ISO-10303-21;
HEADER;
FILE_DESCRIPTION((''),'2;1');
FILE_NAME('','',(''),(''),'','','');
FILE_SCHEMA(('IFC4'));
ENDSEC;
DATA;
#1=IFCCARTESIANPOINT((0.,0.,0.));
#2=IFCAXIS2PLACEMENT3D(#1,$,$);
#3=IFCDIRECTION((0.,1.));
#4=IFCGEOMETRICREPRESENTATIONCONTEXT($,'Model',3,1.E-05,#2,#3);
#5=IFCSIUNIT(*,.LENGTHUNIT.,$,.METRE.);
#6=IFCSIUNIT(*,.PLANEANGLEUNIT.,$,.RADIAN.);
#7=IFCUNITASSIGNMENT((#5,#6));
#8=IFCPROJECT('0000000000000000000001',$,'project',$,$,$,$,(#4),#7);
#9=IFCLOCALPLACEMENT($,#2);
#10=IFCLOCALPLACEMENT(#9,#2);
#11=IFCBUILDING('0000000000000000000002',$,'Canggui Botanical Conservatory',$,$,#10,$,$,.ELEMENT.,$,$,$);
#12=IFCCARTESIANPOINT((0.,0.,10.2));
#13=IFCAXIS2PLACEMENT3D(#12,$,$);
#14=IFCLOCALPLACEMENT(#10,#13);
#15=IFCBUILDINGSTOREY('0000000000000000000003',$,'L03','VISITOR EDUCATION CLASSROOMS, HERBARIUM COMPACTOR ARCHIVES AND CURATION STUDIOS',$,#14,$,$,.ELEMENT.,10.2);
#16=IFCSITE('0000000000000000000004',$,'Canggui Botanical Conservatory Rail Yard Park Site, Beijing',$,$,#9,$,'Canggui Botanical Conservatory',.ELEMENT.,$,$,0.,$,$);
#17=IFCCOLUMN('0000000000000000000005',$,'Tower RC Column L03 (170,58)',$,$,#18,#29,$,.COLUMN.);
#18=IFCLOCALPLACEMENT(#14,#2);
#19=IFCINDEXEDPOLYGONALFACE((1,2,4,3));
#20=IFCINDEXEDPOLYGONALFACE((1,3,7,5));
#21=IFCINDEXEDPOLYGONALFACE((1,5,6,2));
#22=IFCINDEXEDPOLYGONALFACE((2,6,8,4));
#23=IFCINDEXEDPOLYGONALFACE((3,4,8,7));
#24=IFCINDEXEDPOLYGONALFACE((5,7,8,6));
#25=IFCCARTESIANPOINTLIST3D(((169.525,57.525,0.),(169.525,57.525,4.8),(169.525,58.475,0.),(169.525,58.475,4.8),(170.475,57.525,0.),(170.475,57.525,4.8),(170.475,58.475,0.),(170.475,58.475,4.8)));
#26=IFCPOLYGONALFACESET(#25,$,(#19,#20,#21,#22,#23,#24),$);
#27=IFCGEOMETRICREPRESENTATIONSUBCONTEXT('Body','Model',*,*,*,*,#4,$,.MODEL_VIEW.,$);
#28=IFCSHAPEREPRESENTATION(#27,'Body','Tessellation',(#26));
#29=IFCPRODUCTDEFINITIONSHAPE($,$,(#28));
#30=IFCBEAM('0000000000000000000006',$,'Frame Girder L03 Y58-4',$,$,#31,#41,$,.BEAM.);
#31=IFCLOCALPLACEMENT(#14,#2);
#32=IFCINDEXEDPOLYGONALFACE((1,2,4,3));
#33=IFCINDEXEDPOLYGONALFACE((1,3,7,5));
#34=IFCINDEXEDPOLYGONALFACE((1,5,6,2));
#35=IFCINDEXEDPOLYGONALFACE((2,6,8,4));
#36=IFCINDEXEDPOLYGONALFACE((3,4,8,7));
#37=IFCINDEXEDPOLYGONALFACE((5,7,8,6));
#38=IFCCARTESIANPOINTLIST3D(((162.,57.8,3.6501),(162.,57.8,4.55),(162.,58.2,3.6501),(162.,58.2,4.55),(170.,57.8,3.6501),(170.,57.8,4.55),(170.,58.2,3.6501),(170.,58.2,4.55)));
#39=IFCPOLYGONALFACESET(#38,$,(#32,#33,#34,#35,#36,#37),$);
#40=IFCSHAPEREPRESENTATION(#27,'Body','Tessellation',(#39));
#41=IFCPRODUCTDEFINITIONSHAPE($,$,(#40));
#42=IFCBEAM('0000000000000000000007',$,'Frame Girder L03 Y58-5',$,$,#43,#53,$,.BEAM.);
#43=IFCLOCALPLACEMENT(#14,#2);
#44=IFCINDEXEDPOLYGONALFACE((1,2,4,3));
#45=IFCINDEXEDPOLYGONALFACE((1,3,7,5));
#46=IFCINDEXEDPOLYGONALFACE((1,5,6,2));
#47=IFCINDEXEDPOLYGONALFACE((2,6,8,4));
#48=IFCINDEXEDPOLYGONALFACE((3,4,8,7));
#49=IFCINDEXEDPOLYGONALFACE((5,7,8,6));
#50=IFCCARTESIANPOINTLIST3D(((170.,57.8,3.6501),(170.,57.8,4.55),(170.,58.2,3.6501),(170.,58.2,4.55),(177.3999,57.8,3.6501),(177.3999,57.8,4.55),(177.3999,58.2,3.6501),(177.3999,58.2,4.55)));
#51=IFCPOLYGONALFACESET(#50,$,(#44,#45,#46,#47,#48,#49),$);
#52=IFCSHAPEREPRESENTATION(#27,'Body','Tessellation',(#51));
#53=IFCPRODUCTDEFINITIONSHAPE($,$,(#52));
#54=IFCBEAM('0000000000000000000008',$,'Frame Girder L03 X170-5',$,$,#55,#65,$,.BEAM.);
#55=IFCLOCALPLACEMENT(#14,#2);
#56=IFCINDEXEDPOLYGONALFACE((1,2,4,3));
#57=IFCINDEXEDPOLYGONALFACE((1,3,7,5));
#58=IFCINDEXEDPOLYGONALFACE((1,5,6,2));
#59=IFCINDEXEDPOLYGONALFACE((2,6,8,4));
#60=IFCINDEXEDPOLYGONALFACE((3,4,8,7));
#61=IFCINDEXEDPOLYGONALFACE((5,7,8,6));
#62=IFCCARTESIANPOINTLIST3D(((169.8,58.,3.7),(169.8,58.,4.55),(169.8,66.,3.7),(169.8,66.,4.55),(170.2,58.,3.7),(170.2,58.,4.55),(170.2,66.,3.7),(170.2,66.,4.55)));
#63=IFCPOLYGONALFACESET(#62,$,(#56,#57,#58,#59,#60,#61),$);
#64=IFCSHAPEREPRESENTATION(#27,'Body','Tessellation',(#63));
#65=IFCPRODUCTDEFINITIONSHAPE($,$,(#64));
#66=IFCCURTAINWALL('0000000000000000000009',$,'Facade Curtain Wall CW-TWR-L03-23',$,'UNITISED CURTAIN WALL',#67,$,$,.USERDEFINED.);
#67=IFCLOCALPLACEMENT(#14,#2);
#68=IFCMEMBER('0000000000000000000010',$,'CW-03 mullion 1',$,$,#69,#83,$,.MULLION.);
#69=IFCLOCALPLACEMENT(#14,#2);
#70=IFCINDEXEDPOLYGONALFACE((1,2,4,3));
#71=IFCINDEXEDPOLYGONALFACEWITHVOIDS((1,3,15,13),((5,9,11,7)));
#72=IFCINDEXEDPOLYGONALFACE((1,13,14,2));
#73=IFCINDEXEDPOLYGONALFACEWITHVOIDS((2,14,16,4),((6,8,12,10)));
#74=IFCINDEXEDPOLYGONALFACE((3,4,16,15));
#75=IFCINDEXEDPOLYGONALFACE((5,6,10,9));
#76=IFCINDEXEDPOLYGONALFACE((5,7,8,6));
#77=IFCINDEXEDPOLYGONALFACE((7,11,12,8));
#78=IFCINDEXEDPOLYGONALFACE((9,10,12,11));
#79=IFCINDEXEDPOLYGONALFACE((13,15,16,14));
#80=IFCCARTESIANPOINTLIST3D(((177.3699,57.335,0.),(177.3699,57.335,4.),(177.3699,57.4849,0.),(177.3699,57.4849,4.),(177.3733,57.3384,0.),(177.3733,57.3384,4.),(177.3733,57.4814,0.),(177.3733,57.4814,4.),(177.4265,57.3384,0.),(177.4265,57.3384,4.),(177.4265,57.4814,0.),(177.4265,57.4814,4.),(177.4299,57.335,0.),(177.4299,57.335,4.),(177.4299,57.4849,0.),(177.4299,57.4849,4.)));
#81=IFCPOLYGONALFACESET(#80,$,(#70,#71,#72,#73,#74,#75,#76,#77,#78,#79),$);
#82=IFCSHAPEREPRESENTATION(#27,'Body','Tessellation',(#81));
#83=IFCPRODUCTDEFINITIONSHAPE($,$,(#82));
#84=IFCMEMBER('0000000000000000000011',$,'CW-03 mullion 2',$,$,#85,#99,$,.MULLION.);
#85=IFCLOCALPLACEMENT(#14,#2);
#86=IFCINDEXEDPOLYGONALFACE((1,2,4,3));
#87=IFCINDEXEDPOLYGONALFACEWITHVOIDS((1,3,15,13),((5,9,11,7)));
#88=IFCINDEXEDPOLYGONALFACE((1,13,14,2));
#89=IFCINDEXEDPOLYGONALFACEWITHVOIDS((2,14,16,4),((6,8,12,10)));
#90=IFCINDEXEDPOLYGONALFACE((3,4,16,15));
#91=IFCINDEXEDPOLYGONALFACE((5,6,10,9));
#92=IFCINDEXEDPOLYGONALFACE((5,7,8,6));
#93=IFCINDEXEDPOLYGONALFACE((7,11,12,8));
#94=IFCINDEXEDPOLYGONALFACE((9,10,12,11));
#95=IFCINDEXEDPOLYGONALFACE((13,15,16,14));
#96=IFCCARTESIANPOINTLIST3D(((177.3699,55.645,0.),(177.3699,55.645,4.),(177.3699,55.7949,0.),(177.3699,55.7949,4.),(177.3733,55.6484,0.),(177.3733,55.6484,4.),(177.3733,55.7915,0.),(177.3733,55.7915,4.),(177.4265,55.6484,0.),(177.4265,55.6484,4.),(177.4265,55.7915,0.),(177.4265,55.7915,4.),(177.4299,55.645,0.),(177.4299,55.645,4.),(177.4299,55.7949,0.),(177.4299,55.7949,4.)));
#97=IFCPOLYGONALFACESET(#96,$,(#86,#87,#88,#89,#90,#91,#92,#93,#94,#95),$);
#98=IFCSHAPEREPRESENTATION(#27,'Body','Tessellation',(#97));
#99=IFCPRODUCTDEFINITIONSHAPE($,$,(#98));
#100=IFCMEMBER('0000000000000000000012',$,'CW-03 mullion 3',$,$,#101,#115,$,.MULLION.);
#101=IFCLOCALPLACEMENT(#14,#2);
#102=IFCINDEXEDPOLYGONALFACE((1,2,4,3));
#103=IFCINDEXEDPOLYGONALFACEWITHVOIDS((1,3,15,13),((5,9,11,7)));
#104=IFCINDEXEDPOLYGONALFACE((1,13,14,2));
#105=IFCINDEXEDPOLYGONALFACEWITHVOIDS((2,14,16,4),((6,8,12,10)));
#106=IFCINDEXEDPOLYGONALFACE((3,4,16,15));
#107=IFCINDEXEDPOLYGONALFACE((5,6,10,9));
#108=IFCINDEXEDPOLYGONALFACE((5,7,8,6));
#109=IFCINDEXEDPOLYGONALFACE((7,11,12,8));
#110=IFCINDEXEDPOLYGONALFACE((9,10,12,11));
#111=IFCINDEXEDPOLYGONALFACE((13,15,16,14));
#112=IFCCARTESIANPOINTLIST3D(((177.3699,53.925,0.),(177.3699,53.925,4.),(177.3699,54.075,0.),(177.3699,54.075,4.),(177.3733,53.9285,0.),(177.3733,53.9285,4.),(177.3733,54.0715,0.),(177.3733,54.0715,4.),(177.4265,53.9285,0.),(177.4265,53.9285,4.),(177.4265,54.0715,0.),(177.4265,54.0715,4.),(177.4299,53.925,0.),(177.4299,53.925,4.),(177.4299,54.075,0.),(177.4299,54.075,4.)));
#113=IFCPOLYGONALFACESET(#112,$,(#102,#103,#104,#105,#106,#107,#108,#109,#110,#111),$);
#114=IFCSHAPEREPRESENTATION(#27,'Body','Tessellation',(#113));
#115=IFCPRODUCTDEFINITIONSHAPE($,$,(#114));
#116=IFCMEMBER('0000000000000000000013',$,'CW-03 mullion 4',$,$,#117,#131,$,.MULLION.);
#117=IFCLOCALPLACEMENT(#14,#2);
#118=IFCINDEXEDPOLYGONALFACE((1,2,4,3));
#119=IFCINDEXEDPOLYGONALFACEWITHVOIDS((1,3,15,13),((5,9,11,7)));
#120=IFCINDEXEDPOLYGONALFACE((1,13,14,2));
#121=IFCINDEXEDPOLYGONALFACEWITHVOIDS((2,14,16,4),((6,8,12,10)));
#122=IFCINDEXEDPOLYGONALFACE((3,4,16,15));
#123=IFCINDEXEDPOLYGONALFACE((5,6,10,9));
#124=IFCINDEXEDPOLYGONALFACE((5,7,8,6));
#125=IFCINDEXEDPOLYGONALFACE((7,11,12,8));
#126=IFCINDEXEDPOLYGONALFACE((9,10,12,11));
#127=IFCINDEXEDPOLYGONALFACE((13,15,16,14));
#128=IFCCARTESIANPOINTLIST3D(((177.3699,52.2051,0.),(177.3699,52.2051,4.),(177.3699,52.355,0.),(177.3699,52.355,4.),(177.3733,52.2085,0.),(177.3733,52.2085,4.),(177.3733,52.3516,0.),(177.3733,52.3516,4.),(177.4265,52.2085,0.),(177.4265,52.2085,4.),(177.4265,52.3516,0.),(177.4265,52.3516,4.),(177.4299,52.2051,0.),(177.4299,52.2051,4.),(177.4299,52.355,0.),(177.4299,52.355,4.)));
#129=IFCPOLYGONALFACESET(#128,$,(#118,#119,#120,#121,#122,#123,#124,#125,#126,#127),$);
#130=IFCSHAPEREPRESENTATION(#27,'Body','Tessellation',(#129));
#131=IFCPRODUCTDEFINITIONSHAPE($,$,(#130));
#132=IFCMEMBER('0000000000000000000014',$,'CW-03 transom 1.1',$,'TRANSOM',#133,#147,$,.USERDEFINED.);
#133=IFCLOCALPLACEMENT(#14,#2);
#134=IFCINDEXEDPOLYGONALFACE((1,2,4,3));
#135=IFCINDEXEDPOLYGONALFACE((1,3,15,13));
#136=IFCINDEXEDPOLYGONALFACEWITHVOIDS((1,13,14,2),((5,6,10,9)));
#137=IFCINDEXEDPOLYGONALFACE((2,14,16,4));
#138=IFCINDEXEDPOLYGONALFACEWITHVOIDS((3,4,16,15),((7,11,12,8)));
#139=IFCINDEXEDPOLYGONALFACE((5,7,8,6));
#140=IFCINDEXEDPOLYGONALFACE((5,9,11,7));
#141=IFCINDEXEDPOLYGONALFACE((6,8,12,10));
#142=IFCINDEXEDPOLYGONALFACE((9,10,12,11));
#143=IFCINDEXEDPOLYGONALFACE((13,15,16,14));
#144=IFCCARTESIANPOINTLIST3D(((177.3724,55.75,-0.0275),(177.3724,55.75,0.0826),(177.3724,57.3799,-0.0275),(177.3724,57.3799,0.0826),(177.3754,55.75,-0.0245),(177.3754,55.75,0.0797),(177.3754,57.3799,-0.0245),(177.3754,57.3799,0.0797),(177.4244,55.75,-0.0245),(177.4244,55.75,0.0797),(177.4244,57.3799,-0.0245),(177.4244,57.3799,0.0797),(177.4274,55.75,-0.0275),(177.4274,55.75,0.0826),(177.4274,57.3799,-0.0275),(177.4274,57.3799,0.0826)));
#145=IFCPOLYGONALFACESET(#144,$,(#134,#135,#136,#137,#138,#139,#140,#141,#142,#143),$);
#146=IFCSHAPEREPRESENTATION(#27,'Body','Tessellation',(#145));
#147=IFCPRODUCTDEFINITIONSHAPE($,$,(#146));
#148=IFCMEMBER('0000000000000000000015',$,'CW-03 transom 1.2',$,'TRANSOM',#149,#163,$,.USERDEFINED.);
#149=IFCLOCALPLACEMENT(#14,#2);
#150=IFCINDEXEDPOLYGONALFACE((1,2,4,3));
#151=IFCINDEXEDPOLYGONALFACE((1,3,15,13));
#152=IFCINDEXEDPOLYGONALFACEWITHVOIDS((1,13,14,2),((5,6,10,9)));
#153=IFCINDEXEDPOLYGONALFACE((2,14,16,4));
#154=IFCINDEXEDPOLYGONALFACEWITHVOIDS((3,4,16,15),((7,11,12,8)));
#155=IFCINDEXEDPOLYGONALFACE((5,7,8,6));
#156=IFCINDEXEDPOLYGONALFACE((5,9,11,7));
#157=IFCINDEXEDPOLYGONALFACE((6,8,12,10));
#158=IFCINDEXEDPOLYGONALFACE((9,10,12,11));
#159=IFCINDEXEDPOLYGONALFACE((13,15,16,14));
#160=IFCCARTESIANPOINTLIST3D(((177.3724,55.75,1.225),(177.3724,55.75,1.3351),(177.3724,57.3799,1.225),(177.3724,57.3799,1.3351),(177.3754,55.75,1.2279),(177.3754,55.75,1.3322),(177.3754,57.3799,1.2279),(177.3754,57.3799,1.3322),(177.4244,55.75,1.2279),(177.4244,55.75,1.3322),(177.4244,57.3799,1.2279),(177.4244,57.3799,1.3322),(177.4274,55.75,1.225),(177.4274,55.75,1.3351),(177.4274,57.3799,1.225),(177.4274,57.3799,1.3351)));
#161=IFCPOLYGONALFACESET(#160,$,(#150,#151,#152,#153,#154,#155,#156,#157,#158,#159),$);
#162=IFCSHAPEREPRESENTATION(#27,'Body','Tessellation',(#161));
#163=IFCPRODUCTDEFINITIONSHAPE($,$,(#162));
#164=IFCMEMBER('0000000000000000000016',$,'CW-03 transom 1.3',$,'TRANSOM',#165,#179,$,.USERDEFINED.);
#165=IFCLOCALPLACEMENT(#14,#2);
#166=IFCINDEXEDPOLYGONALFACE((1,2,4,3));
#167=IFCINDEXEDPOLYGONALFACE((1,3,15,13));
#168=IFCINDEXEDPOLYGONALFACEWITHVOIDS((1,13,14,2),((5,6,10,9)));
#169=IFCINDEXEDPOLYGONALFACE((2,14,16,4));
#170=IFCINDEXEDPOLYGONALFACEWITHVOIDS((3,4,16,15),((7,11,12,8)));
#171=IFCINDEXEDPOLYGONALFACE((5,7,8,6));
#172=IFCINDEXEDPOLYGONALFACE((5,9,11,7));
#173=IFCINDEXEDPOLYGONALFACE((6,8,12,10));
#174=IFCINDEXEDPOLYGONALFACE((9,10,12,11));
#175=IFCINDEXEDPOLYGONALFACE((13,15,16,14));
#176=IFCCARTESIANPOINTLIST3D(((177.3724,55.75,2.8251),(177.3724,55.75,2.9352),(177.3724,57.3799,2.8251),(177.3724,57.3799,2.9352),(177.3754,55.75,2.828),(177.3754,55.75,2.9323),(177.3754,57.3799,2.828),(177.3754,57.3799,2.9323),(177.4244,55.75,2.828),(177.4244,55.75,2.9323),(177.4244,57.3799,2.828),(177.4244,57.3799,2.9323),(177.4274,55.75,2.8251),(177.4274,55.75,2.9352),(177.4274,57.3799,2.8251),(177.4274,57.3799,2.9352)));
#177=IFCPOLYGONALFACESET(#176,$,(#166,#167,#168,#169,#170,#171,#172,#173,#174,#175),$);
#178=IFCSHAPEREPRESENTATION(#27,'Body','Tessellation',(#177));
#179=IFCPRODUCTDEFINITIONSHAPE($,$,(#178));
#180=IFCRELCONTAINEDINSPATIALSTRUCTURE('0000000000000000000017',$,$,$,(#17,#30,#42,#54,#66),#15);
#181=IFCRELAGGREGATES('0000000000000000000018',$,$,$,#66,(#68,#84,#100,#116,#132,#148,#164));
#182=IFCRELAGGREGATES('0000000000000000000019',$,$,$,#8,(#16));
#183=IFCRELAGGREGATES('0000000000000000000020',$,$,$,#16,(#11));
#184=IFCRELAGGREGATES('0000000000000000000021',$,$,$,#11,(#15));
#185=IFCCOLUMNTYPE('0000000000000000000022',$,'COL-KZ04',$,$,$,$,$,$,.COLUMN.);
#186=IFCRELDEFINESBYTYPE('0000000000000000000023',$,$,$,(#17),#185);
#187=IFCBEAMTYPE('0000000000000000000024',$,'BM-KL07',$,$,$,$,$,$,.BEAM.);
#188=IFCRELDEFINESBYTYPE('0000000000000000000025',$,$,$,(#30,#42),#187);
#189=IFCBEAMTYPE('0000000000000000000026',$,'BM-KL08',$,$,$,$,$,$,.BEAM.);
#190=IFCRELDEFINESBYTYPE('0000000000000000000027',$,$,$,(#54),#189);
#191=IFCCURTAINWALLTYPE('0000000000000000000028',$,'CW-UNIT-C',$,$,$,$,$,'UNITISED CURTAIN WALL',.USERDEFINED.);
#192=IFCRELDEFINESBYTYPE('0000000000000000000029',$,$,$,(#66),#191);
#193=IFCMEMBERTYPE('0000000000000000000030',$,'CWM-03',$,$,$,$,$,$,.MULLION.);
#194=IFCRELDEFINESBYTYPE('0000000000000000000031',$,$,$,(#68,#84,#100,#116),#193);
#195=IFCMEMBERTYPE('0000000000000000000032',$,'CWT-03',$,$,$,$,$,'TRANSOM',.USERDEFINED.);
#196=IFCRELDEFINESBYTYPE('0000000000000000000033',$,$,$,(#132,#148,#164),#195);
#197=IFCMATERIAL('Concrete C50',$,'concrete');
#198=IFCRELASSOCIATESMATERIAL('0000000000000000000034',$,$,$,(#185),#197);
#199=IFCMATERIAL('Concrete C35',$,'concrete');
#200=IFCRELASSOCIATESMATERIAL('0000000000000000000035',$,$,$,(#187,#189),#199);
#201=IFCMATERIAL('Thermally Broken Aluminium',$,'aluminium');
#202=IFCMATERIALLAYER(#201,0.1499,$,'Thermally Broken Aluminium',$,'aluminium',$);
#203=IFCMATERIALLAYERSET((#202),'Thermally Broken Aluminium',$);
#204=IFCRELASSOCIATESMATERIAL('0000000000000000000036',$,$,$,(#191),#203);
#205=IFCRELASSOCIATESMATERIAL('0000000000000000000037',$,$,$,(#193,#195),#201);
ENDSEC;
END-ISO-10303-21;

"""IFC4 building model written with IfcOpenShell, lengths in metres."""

from ifc_helpers import new_model, si_unit, direction, frame, origin, origin_2d, place, context, subcontext, project, spatial, rectangle, hollow_rectangle, extrude, material, layer, layer_set, material_profile, profile_set, type_object, element, aggregate, save


model = new_model("IFC4")

# Units and contexts
model_context = context("Model", 3, precision=1e-05, world=origin(), true_north=direction((0.0, 1.0)))
body_context = subcontext(model_context, "Body", "Model", "MODEL_VIEW")
ifc_project = project(units=[si_unit("LENGTHUNIT", "METRE"), si_unit("PLANEANGLEUNIT", "RADIAN")], contexts=[model_context])

# Site, building, storey
site_placement = place(None, origin())
site = spatial("IfcSite", under=ifc_project, at=site_placement, Name="Canggui Botanical Conservatory Rail Yard Park Site, Beijing", LongName="Canggui Botanical Conservatory", CompositionType="ELEMENT", RefElevation=0.0)
building_placement = place(site_placement, origin())
building = spatial("IfcBuilding", under=site, at=building_placement, Name="Canggui Botanical Conservatory", CompositionType="ELEMENT")
storey_placement = place(building_placement, frame((0.0, 0.0, 10.2)))
storey = spatial("IfcBuildingStorey", under=building, at=storey_placement, Name="L03", Description="VISITOR EDUCATION CLASSROOMS, HERBARIUM COMPACTOR ARCHIVES AND CURATION STUDIOS", CompositionType="ELEMENT", Elevation=10.2)

# Column
ifc_material_1 = material(Name="Concrete C50", Category="concrete")
ifc_material_profile_1 = material_profile(ifc_material_1, rectangle(XDim=0.95, YDim=0.95, at=origin_2d()), Name="RC 950x950")
ifc_profile_set_1 = profile_set([ifc_material_profile_1], Name="Concrete C50")
column_type = type_object("IfcColumnType", Name="COL-KZ04", PredefinedType="COLUMN", material=ifc_profile_set_1)
column_placement = place(storey_placement, frame((170.0, 58.0, 0.0), z_axis=(0.0, 0.0, 1.0), x_axis=(1.0, 0.0, 0.0)))
element("IfcColumn", 1, at=column_placement, inside=storey, type_object=column_type, Name="Tower RC Column L03 (170,58)", PredefinedType="COLUMN", context=body_context, shape_type="SweptSolid", body=[
    extrude(rectangle(XDim=0.95, YDim=0.95, at=origin_2d()), origin(), (0.0, 0.0, 1.0), 4.8),
])

# Beams
ifc_material_2 = material(Name="Concrete C35", Category="concrete")
ifc_material_profile_2 = material_profile(ifc_material_2, rectangle(XDim=0.3999, YDim=0.8999, at=origin_2d()), Name="RB 400x900")
ifc_profile_set_2 = profile_set([ifc_material_profile_2], Name="Concrete C35")
beam_type_1 = type_object("IfcBeamType", Name="BM-KL07", PredefinedType="BEAM", material=ifc_profile_set_2)
beam_1_placement = place(storey_placement, frame((162.0, 58.0, 4.1001), z_axis=(1.0, 0.0, 0.0), x_axis=(0.0, 1.0, 0.0)))
element("IfcBeam", 2, at=beam_1_placement, inside=storey, type_object=beam_type_1, Name="Frame Girder L03 Y58-4", PredefinedType="BEAM", context=body_context, shape_type="SweptSolid", body=[
    extrude(rectangle(XDim=0.3999, YDim=0.8999, at=origin_2d()), origin(), (0.0, 0.0, 1.0), 8.0),
])
beam_2_placement = place(storey_placement, frame((170.0, 58.0, 4.1001), z_axis=(1.0, 0.0, 0.0), x_axis=(0.0, 1.0, 0.0)))
element("IfcBeam", 3, at=beam_2_placement, inside=storey, type_object=beam_type_1, Name="Frame Girder L03 Y58-5", PredefinedType="BEAM", context=body_context, shape_type="SweptSolid", body=[
    extrude(rectangle(XDim=0.3999, YDim=0.8999, at=origin_2d()), origin(), (0.0, 0.0, 1.0), 7.3999),
])
ifc_material_profile_3 = material_profile(ifc_material_2, rectangle(XDim=0.3999, YDim=0.8501, at=origin_2d()), Name="RB 400x850")
ifc_profile_set_3 = profile_set([ifc_material_profile_3], Name="Concrete C35")
beam_type_2 = type_object("IfcBeamType", Name="BM-KL08", PredefinedType="BEAM", material=ifc_profile_set_3)
beam_3_placement = place(storey_placement, frame((170.0, 58.0, 4.125), z_axis=(0.0, 1.0, 0.0), x_axis=(-1.0, 0.0, 0.0)))
element("IfcBeam", 4, at=beam_3_placement, inside=storey, type_object=beam_type_2, Name="Frame Girder L03 X170-5", PredefinedType="BEAM", context=body_context, shape_type="SweptSolid", body=[
    extrude(rectangle(XDim=0.3999, YDim=0.8501, at=origin_2d()), origin(), (0.0, 0.0, 1.0), 8.0),
])

# Curtain wall, members
ifc_material_3 = material(Name="Thermally Broken Aluminium", Category="aluminium")
ifc_layer_1 = layer(ifc_material_3, 0.1499, Name="Thermally Broken Aluminium", Category="aluminium")
ifc_layer_set_1 = layer_set([ifc_layer_1], Name="Thermally Broken Aluminium")
curtain_wall_type = type_object("IfcCurtainWallType", Name="CW-UNIT-C", ElementType="UNITISED CURTAIN WALL", PredefinedType="USERDEFINED", material=ifc_layer_set_1)
curtain_wall_placement = place(storey_placement, origin())
curtain_wall = element("IfcCurtainWall", 5, at=curtain_wall_placement, inside=storey, type_object=curtain_wall_type, Name="Facade Curtain Wall CW-TWR-L03-23", ObjectType="UNITISED CURTAIN WALL", PredefinedType="USERDEFINED")
ifc_material_profile_4 = material_profile(ifc_material_3, hollow_rectangle(XDim=0.0601, YDim=0.1499, WallThickness=0.0034, at=origin_2d()), Name="CWM 60x150x3.5")
ifc_profile_set_4 = profile_set([ifc_material_profile_4], Name="Thermally Broken Aluminium")
member_type_1 = type_object("IfcMemberType", Name="CWM-03", PredefinedType="MULLION", material=ifc_profile_set_4)
member_1_placement = place(storey_placement, frame((177.3999, 57.4099, 0.0), z_axis=(0.0, 0.0, 1.0), x_axis=(1.0, 0.0, 0.0)))
member_1 = element("IfcMember", 6, at=member_1_placement, type_object=member_type_1, Name="CW-03 mullion 1", PredefinedType="MULLION", context=body_context, shape_type="SweptSolid", body=[
    extrude(hollow_rectangle(XDim=0.0601, YDim=0.1499, WallThickness=0.0034, at=origin_2d()), origin(), (0.0, 0.0, 1.0), 4.0),
])
member_2_placement = place(storey_placement, frame((177.3999, 55.72, 0.0), z_axis=(0.0, 0.0, 1.0), x_axis=(1.0, 0.0, 0.0)))
member_2 = element("IfcMember", 7, at=member_2_placement, type_object=member_type_1, Name="CW-03 mullion 2", PredefinedType="MULLION", context=body_context, shape_type="SweptSolid", body=[
    extrude(hollow_rectangle(XDim=0.0601, YDim=0.1499, WallThickness=0.0034, at=origin_2d()), origin(), (0.0, 0.0, 1.0), 4.0),
])
member_3_placement = place(storey_placement, frame((177.3999, 54.0, 0.0), z_axis=(0.0, 0.0, 1.0), x_axis=(1.0, 0.0, 0.0)))
member_3 = element("IfcMember", 8, at=member_3_placement, type_object=member_type_1, Name="CW-03 mullion 3", PredefinedType="MULLION", context=body_context, shape_type="SweptSolid", body=[
    extrude(hollow_rectangle(XDim=0.0601, YDim=0.1499, WallThickness=0.0034, at=origin_2d()), origin(), (0.0, 0.0, 1.0), 4.0),
])
member_4_placement = place(storey_placement, frame((177.3999, 52.28, 0.0), z_axis=(0.0, 0.0, 1.0), x_axis=(1.0, 0.0, 0.0)))
member_4 = element("IfcMember", 9, at=member_4_placement, type_object=member_type_1, Name="CW-03 mullion 4", PredefinedType="MULLION", context=body_context, shape_type="SweptSolid", body=[
    extrude(hollow_rectangle(XDim=0.0601, YDim=0.1499, WallThickness=0.0034, at=origin_2d()), origin(), (0.0, 0.0, 1.0), 4.0),
])
ifc_material_profile_5 = material_profile(ifc_material_3, hollow_rectangle(XDim=0.0549, YDim=0.1101, WallThickness=0.0029, at=origin_2d()), Name="CWT 55x110x3")
ifc_profile_set_5 = profile_set([ifc_material_profile_5], Name="Thermally Broken Aluminium")
member_type_2 = type_object("IfcMemberType", Name="CWT-03", ElementType="TRANSOM", PredefinedType="USERDEFINED", material=ifc_profile_set_5)
member_5_placement = place(storey_placement, frame((177.3999, 57.3799, 0.0276), z_axis=(0.0, -1.0, 0.0), x_axis=(1.0, 0.0, 0.0)))
member_5 = element("IfcMember", 10, at=member_5_placement, type_object=member_type_2, Name="CW-03 transom 1.1", ObjectType="TRANSOM", PredefinedType="USERDEFINED", context=body_context, shape_type="SweptSolid", body=[
    extrude(hollow_rectangle(XDim=0.0549, YDim=0.1101, WallThickness=0.0029, at=origin_2d()), origin(), (0.0, 0.0, 1.0), 1.6299),
])
member_6_placement = place(storey_placement, frame((177.3999, 57.3799, 1.28), z_axis=(0.0, -1.0, 0.0), x_axis=(1.0, 0.0, 0.0)))
member_6 = element("IfcMember", 11, at=member_6_placement, type_object=member_type_2, Name="CW-03 transom 1.2", ObjectType="TRANSOM", PredefinedType="USERDEFINED", context=body_context, shape_type="SweptSolid", body=[
    extrude(hollow_rectangle(XDim=0.0549, YDim=0.1101, WallThickness=0.0029, at=origin_2d()), origin(), (0.0, 0.0, 1.0), 1.6299),
])
member_7_placement = place(storey_placement, frame((177.3999, 57.3799, 2.8801), z_axis=(0.0, -1.0, 0.0), x_axis=(1.0, 0.0, 0.0)))
member_7 = element("IfcMember", 12, at=member_7_placement, type_object=member_type_2, Name="CW-03 transom 1.3", ObjectType="TRANSOM", PredefinedType="USERDEFINED", context=body_context, shape_type="SweptSolid", body=[
    extrude(hollow_rectangle(XDim=0.0549, YDim=0.1101, WallThickness=0.0029, at=origin_2d()), origin(), (0.0, 0.0, 1.0), 1.6299),
])
aggregate(curtain_wall, [member_1, member_2, member_3, member_4, member_5, member_6, member_7])

save(model, "model.ifc")
